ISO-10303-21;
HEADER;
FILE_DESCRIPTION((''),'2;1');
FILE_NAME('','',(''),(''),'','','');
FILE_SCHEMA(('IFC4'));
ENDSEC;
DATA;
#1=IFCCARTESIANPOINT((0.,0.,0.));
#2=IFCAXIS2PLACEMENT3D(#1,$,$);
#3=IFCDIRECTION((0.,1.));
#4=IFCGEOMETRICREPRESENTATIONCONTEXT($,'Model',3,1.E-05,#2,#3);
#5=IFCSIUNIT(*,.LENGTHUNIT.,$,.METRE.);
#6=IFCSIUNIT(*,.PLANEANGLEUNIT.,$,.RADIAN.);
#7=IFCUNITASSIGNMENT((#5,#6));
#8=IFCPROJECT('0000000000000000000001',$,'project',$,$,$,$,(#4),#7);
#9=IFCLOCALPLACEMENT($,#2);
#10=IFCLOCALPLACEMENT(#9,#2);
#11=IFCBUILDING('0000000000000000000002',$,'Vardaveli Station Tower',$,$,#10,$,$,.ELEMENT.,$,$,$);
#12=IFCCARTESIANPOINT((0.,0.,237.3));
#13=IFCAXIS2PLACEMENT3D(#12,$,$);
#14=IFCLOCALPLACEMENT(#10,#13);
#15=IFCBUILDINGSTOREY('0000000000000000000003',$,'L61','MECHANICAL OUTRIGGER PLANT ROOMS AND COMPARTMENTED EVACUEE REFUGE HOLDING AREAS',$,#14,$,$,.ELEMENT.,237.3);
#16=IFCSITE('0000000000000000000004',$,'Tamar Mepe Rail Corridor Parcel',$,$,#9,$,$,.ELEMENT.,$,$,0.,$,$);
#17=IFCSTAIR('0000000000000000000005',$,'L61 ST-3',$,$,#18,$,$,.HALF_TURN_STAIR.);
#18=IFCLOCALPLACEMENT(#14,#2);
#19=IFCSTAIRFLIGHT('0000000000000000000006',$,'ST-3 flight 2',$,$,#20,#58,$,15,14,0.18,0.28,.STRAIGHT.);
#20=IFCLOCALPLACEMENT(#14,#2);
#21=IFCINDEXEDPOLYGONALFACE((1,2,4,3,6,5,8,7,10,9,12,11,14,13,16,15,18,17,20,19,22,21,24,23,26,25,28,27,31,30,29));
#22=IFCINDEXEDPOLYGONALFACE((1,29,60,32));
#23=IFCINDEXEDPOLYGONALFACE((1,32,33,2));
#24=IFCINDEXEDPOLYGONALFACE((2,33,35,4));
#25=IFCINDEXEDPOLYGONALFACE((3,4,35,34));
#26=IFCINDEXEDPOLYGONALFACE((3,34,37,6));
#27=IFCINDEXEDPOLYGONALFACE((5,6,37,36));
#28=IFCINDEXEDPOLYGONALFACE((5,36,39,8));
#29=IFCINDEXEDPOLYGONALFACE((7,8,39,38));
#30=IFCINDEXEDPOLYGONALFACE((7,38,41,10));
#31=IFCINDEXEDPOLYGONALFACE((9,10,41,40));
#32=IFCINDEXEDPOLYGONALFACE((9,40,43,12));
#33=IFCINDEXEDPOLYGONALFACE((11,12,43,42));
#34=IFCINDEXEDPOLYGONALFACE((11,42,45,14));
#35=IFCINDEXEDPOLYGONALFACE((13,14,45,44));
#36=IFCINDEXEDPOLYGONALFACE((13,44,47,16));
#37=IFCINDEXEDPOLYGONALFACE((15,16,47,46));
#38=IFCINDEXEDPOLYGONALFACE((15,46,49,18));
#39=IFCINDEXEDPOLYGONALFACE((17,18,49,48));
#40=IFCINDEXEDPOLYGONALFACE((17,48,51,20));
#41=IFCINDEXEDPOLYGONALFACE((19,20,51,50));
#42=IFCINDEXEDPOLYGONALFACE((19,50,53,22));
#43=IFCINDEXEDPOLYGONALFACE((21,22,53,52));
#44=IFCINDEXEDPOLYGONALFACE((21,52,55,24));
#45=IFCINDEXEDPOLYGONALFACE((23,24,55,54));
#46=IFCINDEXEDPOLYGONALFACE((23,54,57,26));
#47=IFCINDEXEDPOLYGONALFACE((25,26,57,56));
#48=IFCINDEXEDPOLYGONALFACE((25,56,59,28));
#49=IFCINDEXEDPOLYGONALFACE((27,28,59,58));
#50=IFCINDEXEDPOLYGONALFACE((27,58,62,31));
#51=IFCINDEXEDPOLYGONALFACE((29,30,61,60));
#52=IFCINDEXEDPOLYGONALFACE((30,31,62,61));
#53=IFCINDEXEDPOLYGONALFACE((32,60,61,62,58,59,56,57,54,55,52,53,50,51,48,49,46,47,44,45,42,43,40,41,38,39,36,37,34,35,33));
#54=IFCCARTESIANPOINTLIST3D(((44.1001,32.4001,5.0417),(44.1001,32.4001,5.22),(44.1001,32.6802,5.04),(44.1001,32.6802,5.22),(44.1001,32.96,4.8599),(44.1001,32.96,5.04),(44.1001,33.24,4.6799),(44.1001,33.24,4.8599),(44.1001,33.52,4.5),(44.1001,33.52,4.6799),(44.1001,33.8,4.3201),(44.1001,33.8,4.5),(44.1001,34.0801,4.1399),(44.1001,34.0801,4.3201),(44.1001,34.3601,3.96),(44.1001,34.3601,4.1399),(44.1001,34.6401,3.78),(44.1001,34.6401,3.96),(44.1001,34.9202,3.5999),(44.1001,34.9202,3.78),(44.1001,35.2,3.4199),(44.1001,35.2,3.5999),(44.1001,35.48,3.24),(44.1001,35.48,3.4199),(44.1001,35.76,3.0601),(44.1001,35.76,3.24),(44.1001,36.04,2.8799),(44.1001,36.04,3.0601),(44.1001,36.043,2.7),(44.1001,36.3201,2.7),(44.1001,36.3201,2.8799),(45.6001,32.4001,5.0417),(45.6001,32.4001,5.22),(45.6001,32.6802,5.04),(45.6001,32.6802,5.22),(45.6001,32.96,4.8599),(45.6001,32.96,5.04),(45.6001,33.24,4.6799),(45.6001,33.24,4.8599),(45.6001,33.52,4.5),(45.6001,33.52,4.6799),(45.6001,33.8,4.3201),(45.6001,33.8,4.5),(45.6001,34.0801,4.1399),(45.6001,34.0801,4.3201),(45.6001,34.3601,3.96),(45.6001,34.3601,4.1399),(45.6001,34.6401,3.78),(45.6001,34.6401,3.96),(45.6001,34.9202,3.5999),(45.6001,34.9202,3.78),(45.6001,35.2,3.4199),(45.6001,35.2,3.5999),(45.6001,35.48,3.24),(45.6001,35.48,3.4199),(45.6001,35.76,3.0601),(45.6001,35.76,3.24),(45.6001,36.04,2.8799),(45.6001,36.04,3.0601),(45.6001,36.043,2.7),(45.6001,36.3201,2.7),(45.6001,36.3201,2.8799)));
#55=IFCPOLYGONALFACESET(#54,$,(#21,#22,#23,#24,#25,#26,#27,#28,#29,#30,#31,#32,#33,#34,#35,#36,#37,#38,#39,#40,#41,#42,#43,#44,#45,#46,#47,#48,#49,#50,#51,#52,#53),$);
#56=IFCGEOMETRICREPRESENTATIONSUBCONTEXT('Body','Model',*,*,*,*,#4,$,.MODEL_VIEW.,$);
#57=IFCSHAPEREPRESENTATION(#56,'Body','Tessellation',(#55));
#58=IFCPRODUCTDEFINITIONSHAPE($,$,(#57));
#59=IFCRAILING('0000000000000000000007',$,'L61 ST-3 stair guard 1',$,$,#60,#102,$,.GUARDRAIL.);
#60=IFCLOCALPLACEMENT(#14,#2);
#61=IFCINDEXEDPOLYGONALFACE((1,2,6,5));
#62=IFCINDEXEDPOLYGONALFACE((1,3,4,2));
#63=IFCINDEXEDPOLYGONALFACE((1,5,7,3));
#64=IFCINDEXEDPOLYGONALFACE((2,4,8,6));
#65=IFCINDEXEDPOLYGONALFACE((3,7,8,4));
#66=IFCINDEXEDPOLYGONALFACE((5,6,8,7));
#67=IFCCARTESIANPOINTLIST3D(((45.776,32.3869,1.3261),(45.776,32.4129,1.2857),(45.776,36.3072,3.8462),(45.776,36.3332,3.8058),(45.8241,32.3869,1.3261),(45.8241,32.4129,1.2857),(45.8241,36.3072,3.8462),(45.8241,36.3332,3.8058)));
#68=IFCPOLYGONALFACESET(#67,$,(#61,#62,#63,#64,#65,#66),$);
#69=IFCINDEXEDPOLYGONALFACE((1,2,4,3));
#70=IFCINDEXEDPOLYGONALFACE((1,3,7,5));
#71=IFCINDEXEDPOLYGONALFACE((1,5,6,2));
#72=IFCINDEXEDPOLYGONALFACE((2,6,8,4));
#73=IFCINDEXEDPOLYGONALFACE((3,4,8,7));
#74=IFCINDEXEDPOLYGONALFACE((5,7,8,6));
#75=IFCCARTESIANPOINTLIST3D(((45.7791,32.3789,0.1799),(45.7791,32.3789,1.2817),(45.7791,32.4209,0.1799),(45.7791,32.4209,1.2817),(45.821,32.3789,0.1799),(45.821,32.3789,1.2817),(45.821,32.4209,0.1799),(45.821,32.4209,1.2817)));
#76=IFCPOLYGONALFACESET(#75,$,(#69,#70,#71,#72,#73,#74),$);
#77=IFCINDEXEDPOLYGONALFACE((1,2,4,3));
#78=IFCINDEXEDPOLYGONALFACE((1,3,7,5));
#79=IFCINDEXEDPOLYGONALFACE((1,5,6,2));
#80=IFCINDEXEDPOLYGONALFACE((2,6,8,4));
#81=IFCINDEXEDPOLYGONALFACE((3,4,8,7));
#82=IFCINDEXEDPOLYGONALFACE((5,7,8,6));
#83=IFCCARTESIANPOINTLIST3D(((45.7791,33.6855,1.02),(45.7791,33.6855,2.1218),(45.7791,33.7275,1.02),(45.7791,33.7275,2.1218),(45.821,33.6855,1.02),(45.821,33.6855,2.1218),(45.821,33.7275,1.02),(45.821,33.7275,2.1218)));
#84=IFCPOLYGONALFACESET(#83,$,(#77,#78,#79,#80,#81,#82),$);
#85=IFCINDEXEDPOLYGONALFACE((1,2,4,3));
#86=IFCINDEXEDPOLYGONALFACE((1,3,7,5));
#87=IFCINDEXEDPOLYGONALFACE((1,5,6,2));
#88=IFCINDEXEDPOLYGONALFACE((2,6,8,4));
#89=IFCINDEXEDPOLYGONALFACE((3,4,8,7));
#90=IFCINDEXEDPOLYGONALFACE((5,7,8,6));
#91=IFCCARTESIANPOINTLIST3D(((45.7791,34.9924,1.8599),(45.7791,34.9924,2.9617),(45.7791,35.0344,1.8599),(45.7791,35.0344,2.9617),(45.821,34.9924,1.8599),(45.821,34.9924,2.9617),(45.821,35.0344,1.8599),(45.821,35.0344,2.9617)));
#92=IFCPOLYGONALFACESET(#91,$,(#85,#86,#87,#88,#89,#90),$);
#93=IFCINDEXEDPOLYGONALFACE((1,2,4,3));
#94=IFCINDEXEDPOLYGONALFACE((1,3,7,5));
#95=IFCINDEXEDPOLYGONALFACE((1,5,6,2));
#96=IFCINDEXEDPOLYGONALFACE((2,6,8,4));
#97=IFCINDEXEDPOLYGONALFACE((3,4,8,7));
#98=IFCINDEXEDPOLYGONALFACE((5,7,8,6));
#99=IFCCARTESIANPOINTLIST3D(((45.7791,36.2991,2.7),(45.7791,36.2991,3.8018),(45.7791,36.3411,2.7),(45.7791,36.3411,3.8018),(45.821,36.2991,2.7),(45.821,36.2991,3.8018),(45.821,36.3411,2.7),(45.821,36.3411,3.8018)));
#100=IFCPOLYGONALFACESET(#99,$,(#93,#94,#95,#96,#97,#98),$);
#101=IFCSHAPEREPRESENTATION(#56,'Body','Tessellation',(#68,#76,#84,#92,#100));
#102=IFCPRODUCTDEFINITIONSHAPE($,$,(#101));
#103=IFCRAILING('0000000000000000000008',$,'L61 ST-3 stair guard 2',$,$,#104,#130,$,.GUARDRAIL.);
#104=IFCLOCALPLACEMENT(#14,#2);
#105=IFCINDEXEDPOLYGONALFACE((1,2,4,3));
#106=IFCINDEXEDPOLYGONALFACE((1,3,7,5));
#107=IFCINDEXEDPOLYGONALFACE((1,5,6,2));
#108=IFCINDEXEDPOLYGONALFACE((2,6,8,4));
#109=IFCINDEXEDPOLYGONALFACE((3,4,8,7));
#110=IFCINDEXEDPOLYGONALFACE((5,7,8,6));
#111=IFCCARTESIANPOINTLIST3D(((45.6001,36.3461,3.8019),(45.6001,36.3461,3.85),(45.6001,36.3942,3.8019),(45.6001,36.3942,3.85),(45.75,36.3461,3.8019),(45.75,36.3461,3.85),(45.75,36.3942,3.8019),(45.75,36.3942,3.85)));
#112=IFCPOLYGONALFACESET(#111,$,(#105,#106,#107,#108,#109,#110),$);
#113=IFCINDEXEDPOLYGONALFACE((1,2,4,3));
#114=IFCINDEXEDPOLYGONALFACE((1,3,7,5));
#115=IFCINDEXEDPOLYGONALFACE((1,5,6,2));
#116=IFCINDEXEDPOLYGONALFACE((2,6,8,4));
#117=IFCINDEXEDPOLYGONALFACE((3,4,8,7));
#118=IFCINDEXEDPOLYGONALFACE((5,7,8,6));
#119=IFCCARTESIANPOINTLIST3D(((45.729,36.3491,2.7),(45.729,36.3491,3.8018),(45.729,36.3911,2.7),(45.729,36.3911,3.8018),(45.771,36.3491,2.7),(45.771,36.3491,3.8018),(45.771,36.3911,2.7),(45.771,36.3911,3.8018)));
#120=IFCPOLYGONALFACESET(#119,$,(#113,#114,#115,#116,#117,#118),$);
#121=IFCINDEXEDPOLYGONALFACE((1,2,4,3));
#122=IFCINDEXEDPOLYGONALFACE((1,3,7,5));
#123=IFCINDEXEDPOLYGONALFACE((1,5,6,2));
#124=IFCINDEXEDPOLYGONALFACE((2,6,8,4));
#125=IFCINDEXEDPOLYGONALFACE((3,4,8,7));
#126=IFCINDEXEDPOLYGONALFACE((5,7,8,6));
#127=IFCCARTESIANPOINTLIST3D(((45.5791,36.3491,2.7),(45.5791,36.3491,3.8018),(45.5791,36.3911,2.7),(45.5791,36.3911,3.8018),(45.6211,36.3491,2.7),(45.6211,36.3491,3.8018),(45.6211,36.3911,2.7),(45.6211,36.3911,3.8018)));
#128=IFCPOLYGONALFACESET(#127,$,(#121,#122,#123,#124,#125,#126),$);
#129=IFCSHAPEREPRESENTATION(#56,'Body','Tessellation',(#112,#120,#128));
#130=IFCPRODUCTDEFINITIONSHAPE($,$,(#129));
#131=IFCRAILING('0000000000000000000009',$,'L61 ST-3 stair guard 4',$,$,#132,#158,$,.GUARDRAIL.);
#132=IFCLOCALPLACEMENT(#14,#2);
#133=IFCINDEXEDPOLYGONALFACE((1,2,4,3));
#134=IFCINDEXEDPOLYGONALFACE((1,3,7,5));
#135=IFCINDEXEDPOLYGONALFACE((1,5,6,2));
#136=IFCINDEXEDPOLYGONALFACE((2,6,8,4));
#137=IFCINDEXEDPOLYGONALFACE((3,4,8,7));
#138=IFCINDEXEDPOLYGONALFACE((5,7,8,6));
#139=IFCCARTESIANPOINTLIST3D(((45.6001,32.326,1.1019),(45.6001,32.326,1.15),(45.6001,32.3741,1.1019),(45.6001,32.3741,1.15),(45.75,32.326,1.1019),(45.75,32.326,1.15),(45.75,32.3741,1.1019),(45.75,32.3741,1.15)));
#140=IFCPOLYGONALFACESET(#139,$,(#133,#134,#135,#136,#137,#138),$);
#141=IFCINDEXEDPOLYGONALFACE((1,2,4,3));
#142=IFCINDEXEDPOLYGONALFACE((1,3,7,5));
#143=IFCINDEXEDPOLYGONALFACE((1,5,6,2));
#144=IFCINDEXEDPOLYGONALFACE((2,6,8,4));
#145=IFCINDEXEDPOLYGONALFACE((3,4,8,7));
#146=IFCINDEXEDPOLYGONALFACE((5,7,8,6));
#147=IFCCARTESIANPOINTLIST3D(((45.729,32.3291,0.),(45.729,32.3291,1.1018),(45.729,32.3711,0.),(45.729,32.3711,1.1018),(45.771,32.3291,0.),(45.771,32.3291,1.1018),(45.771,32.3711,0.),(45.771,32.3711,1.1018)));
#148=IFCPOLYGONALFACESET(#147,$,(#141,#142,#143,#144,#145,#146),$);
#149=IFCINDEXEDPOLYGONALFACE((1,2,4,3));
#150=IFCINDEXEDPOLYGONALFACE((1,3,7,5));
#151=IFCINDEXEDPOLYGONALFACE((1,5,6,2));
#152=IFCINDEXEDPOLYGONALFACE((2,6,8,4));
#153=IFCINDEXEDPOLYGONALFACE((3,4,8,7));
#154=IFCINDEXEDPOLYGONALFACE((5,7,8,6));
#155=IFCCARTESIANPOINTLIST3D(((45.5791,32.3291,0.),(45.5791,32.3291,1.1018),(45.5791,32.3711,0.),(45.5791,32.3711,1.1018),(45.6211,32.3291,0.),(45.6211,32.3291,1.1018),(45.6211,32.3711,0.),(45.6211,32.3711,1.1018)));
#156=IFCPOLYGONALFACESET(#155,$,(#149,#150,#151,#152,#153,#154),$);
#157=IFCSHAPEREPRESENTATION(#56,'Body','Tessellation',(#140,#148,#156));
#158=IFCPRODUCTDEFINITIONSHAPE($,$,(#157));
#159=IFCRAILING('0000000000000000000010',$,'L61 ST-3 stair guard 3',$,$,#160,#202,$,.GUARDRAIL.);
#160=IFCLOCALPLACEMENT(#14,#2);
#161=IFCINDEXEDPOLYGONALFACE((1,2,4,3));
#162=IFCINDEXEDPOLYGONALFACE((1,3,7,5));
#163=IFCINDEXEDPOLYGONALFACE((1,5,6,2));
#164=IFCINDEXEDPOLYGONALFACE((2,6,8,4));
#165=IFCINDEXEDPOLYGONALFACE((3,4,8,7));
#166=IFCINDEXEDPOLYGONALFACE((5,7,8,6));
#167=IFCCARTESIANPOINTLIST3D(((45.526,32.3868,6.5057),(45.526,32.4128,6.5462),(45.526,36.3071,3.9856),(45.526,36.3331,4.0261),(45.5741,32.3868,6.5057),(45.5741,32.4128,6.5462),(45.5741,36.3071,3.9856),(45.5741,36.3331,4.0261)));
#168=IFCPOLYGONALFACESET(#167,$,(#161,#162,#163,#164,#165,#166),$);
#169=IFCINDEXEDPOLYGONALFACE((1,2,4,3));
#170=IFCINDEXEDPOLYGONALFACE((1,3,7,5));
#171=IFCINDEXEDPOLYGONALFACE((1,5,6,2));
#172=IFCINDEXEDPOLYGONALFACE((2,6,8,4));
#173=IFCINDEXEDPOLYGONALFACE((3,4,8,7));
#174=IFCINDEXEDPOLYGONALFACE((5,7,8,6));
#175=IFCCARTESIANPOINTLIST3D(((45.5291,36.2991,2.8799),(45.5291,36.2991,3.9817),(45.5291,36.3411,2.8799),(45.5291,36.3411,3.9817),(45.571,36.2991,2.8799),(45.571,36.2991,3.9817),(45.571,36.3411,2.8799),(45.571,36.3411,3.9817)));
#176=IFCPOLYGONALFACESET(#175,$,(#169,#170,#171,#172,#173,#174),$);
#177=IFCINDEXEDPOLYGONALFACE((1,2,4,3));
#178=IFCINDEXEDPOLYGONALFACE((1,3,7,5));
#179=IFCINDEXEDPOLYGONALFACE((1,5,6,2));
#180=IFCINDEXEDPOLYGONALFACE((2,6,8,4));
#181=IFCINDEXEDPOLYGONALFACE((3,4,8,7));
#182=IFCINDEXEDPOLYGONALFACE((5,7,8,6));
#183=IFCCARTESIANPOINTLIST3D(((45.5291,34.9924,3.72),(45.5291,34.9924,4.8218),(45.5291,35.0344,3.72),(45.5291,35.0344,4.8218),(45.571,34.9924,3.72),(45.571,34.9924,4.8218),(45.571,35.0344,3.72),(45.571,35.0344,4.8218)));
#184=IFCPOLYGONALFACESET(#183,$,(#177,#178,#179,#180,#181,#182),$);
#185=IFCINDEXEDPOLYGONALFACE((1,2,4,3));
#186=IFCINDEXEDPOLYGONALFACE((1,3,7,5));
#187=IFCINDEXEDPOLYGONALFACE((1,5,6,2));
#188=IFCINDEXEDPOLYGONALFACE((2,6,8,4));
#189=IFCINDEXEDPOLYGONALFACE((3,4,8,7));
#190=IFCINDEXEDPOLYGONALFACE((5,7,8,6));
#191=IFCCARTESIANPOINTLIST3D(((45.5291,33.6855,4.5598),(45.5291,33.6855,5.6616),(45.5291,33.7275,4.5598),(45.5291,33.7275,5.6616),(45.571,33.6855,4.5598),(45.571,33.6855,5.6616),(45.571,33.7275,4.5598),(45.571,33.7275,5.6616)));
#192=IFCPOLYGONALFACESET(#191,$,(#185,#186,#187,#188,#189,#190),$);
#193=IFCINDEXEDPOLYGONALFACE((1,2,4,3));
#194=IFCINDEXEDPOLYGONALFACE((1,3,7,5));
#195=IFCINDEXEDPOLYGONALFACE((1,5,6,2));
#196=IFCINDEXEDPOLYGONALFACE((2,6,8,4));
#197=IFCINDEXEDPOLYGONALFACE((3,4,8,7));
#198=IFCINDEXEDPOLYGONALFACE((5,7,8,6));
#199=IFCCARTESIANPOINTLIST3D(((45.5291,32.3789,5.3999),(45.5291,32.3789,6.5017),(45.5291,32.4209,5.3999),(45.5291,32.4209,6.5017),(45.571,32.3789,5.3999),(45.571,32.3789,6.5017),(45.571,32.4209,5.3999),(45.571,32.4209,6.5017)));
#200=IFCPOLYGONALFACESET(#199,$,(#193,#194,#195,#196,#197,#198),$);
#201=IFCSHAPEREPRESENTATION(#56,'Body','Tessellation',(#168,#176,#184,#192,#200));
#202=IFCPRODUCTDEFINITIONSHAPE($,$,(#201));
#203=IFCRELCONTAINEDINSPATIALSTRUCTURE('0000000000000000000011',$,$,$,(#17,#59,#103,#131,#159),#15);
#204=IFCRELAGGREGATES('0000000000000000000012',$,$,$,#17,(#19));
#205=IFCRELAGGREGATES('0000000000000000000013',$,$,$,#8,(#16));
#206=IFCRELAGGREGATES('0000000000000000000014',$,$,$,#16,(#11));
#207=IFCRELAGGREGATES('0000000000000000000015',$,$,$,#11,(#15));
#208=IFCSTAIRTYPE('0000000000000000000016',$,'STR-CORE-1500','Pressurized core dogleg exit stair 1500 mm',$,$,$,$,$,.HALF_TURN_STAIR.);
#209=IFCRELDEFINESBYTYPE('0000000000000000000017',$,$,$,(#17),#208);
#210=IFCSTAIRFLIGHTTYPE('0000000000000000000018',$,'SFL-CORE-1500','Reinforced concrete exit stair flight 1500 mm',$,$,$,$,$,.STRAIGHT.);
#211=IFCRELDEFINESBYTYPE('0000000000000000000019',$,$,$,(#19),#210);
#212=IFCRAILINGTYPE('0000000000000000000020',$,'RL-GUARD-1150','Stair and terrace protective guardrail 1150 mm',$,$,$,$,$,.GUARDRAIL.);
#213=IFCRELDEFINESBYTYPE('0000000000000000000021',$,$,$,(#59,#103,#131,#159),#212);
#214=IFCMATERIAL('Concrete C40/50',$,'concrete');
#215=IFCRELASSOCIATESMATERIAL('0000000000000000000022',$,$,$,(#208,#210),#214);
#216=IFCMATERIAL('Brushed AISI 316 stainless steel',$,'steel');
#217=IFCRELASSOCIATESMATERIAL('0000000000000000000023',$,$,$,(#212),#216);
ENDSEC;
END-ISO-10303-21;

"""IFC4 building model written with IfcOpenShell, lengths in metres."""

from ifc_helpers import new_model, si_unit, direction, frame, origin, origin_2d, place, context, subcontext, project, spatial, polyline, rectangle, outline, extrude, source, transform, mapped, material, type_object, element, aggregate, save


model = new_model("IFC4")

# Units and contexts
model_context = context("Model", 3, precision=1e-05, world=origin(), true_north=direction((0.0, 1.0)))
body_context = subcontext(model_context, "Body", "Model", "MODEL_VIEW")
ifc_project = project(units=[si_unit("LENGTHUNIT", "METRE"), si_unit("PLANEANGLEUNIT", "RADIAN")], contexts=[model_context])

# Site, building, storey
site_placement = place(None, origin())
site = spatial("IfcSite", under=ifc_project, at=site_placement, Name="Tamar Mepe Rail Corridor Parcel", CompositionType="ELEMENT", RefElevation=0.0)
building_placement = place(site_placement, origin())
building = spatial("IfcBuilding", under=site, at=building_placement, Name="Vardaveli Station Tower", CompositionType="ELEMENT")
storey_placement = place(building_placement, frame((0.0, 0.0, 237.3)))
storey = spatial("IfcBuildingStorey", under=building, at=storey_placement, Name="L61", Description="MECHANICAL OUTRIGGER PLANT ROOMS AND COMPARTMENTED EVACUEE REFUGE HOLDING AREAS", CompositionType="ELEMENT", Elevation=237.3)

# Shared definitions
ifc_material_1 = material(Name="Concrete C40/50", Category="concrete")

# Stair, stair flight
stair_type = type_object("IfcStairType", Name="STR-CORE-1500", Description="Pressurized core dogleg exit stair 1500 mm", PredefinedType="HALF_TURN_STAIR", material=ifc_material_1)
stair_flight_type = type_object("IfcStairFlightType", Name="SFL-CORE-1500", Description="Reinforced concrete exit stair flight 1500 mm", PredefinedType="STRAIGHT", material=ifc_material_1)
shared_shape_1 = source(origin(), body_context, "Body", "SweptSolid", [
    extrude(outline(polyline([(0.0, 0.0), (0.0, 0.1799), (0.28, 0.1799), (0.28, 0.3601), (0.5601, 0.3601), (0.5601, 0.54), (0.8401, 0.54), (0.8401, 0.72), (1.1201, 0.72), (1.1201, 0.8999), (1.3999, 0.8999), (1.3999, 1.0801), (1.6799, 1.0801), (1.6799, 1.26), (1.96, 1.26), (1.96, 1.4399), (2.24, 1.4399), (2.24, 1.6201), (2.52, 1.6201), (2.52, 1.8), (2.8, 1.8), (2.8, 1.98), (3.0801, 1.98), (3.0801, 2.1599), (3.3601, 2.1599), (3.3601, 2.3401), (3.6399, 2.3401), (3.6399, 2.52), (3.9199, 2.52), (3.9199, 2.7), (3.9199, 2.3418), (0.2771, 0.0), (0.0, 0.0)])), frame((0.0, 0.75, 0.0), z_axis=(0.0, -1.0, 0.0), x_axis=(1.0, 0.0, 0.0)), (0.0, 0.0, 1.0), 1.5),
])
stair_1_placement = place(storey_placement, origin())
stair_1 = element("IfcStair", 1, at=stair_1_placement, inside=storey, type_object=stair_type, Name="L61 ST-3", PredefinedType="HALF_TURN_STAIR")
stair_flight_1_placement = place(storey_placement, frame((44.8501, 36.3201, 2.7), z_axis=(0.0, 0.0, 1.0), x_axis=(0.0, -1.0, 0.0)))
stair_flight_1 = element("IfcStairFlight", 2, at=stair_flight_1_placement, type_object=stair_flight_type, Name="ST-3 flight 2", NumberOfRisers=15, NumberOfTreads=14, PredefinedType="STRAIGHT", RiserHeight=0.18, TreadLength=0.28, context=body_context, shape_type="MappedRepresentation", body=[
    mapped(shared_shape_1, transform((0.0, 0.0, 0.0), scale=1.0)),
])
aggregate(stair_1, [stair_flight_1])

# Railings
ifc_material_2 = material(Name="Brushed AISI 316 stainless steel", Category="steel")
railing_type_1 = type_object("IfcRailingType", Name="RL-GUARD-1150", Description="Stair and terrace protective guardrail 1150 mm", PredefinedType="GUARDRAIL", material=ifc_material_2)
shared_shape_2 = source(origin(), body_context, "Body", "SweptSolid", [
    extrude(rectangle(XDim=0.0481, YDim=0.0481, at=origin_2d()), frame((0.0, 0.0, 1.126), z_axis=(0.0, 0.841187, 0.540744), x_axis=(-1.0, 0.0, 0.0)), (0.0, 0.0, 1.0), 4.6604),
    extrude(rectangle(XDim=0.042, YDim=0.042, at=origin_2d()), origin(), (0.0, 0.0, 1.0), 1.1018),
    extrude(rectangle(XDim=0.042, YDim=0.042, at=origin_2d()), frame((0.0, 1.3066, 0.8401)), (0.0, 0.0, 1.0), 1.1018),
    extrude(rectangle(XDim=0.042, YDim=0.042, at=origin_2d()), frame((0.0, 2.6135, 1.6799)), (0.0, 0.0, 1.0), 1.1018),
    extrude(rectangle(XDim=0.042, YDim=0.042, at=origin_2d()), frame((0.0, 3.9202, 2.52)), (0.0, 0.0, 1.0), 1.1018),
])
railing_1_placement = place(storey_placement, frame((45.8, 32.3999, 0.1799)))
element("IfcRailing", 3, at=railing_1_placement, inside=storey, type_object=railing_type_1, Name="L61 ST-3 stair guard 1", PredefinedType="GUARDRAIL", context=body_context, shape_type="MappedRepresentation", body=[
    mapped(shared_shape_2, transform((0.0, 0.0, 0.0), scale=1.0)),
])
shared_shape_3 = source(origin(), body_context, "Body", "SweptSolid", [
    extrude(rectangle(XDim=0.0481, YDim=0.0481, at=origin_2d()), frame((0.0, 0.0, 1.126), z_axis=(-1.0, 0.0, 0.0), x_axis=(0.0, -1.0, 0.0)), (0.0, 0.0, 1.0), 0.1499),
    extrude(rectangle(XDim=0.042, YDim=0.042, at=origin_2d()), origin(), (0.0, 0.0, 1.0), 1.1018),
    extrude(rectangle(XDim=0.042, YDim=0.042, at=origin_2d()), frame((-0.1499, 0.0, 0.0)), (0.0, 0.0, 1.0), 1.1018),
])
for number, where, name in (
    (4, (45.75, 36.3701, 2.7), "L61 ST-3 stair guard 2"),
    (5, (45.75, 32.3501, 0.0), "L61 ST-3 stair guard 4"),
):
    element("IfcRailing", number, at=place(storey_placement, frame(where)), inside=storey, type_object=railing_type_1, Name=name, PredefinedType="GUARDRAIL", context=body_context, shape_type="MappedRepresentation", body=[
        mapped(shared_shape_3, transform((0.0, 0.0, 0.0), scale=1.0)),
    ])
shared_shape_4 = source(origin(), body_context, "Body", "SweptSolid", [
    extrude(rectangle(XDim=0.0481, YDim=0.0481, at=origin_2d()), frame((0.0, 0.0, 1.126), z_axis=(0.0, -0.841187, 0.540744), x_axis=(1.0, 0.0, 0.0)), (0.0, 0.0, 1.0), 4.6604),
    extrude(rectangle(XDim=0.042, YDim=0.042, at=origin_2d()), origin(), (0.0, 0.0, 1.0), 1.1018),
    extrude(rectangle(XDim=0.042, YDim=0.042, at=origin_2d()), frame((0.0, -1.3066, 0.8401)), (0.0, 0.0, 1.0), 1.1018),
    extrude(rectangle(XDim=0.042, YDim=0.042, at=origin_2d()), frame((0.0, -2.6135, 1.6799)), (0.0, 0.0, 1.0), 1.1018),
    extrude(rectangle(XDim=0.042, YDim=0.042, at=origin_2d()), frame((0.0, -3.9202, 2.52)), (0.0, 0.0, 1.0), 1.1018),
])
railing_2_placement = place(storey_placement, frame((45.55, 36.3201, 2.8799)))
element("IfcRailing", 6, at=railing_2_placement, inside=storey, type_object=railing_type_1, Name="L61 ST-3 stair guard 3", PredefinedType="GUARDRAIL", context=body_context, shape_type="MappedRepresentation", body=[
    mapped(shared_shape_4, transform((0.0, 0.0, 0.0), scale=1.0)),
])

save(model, "model.ifc")
